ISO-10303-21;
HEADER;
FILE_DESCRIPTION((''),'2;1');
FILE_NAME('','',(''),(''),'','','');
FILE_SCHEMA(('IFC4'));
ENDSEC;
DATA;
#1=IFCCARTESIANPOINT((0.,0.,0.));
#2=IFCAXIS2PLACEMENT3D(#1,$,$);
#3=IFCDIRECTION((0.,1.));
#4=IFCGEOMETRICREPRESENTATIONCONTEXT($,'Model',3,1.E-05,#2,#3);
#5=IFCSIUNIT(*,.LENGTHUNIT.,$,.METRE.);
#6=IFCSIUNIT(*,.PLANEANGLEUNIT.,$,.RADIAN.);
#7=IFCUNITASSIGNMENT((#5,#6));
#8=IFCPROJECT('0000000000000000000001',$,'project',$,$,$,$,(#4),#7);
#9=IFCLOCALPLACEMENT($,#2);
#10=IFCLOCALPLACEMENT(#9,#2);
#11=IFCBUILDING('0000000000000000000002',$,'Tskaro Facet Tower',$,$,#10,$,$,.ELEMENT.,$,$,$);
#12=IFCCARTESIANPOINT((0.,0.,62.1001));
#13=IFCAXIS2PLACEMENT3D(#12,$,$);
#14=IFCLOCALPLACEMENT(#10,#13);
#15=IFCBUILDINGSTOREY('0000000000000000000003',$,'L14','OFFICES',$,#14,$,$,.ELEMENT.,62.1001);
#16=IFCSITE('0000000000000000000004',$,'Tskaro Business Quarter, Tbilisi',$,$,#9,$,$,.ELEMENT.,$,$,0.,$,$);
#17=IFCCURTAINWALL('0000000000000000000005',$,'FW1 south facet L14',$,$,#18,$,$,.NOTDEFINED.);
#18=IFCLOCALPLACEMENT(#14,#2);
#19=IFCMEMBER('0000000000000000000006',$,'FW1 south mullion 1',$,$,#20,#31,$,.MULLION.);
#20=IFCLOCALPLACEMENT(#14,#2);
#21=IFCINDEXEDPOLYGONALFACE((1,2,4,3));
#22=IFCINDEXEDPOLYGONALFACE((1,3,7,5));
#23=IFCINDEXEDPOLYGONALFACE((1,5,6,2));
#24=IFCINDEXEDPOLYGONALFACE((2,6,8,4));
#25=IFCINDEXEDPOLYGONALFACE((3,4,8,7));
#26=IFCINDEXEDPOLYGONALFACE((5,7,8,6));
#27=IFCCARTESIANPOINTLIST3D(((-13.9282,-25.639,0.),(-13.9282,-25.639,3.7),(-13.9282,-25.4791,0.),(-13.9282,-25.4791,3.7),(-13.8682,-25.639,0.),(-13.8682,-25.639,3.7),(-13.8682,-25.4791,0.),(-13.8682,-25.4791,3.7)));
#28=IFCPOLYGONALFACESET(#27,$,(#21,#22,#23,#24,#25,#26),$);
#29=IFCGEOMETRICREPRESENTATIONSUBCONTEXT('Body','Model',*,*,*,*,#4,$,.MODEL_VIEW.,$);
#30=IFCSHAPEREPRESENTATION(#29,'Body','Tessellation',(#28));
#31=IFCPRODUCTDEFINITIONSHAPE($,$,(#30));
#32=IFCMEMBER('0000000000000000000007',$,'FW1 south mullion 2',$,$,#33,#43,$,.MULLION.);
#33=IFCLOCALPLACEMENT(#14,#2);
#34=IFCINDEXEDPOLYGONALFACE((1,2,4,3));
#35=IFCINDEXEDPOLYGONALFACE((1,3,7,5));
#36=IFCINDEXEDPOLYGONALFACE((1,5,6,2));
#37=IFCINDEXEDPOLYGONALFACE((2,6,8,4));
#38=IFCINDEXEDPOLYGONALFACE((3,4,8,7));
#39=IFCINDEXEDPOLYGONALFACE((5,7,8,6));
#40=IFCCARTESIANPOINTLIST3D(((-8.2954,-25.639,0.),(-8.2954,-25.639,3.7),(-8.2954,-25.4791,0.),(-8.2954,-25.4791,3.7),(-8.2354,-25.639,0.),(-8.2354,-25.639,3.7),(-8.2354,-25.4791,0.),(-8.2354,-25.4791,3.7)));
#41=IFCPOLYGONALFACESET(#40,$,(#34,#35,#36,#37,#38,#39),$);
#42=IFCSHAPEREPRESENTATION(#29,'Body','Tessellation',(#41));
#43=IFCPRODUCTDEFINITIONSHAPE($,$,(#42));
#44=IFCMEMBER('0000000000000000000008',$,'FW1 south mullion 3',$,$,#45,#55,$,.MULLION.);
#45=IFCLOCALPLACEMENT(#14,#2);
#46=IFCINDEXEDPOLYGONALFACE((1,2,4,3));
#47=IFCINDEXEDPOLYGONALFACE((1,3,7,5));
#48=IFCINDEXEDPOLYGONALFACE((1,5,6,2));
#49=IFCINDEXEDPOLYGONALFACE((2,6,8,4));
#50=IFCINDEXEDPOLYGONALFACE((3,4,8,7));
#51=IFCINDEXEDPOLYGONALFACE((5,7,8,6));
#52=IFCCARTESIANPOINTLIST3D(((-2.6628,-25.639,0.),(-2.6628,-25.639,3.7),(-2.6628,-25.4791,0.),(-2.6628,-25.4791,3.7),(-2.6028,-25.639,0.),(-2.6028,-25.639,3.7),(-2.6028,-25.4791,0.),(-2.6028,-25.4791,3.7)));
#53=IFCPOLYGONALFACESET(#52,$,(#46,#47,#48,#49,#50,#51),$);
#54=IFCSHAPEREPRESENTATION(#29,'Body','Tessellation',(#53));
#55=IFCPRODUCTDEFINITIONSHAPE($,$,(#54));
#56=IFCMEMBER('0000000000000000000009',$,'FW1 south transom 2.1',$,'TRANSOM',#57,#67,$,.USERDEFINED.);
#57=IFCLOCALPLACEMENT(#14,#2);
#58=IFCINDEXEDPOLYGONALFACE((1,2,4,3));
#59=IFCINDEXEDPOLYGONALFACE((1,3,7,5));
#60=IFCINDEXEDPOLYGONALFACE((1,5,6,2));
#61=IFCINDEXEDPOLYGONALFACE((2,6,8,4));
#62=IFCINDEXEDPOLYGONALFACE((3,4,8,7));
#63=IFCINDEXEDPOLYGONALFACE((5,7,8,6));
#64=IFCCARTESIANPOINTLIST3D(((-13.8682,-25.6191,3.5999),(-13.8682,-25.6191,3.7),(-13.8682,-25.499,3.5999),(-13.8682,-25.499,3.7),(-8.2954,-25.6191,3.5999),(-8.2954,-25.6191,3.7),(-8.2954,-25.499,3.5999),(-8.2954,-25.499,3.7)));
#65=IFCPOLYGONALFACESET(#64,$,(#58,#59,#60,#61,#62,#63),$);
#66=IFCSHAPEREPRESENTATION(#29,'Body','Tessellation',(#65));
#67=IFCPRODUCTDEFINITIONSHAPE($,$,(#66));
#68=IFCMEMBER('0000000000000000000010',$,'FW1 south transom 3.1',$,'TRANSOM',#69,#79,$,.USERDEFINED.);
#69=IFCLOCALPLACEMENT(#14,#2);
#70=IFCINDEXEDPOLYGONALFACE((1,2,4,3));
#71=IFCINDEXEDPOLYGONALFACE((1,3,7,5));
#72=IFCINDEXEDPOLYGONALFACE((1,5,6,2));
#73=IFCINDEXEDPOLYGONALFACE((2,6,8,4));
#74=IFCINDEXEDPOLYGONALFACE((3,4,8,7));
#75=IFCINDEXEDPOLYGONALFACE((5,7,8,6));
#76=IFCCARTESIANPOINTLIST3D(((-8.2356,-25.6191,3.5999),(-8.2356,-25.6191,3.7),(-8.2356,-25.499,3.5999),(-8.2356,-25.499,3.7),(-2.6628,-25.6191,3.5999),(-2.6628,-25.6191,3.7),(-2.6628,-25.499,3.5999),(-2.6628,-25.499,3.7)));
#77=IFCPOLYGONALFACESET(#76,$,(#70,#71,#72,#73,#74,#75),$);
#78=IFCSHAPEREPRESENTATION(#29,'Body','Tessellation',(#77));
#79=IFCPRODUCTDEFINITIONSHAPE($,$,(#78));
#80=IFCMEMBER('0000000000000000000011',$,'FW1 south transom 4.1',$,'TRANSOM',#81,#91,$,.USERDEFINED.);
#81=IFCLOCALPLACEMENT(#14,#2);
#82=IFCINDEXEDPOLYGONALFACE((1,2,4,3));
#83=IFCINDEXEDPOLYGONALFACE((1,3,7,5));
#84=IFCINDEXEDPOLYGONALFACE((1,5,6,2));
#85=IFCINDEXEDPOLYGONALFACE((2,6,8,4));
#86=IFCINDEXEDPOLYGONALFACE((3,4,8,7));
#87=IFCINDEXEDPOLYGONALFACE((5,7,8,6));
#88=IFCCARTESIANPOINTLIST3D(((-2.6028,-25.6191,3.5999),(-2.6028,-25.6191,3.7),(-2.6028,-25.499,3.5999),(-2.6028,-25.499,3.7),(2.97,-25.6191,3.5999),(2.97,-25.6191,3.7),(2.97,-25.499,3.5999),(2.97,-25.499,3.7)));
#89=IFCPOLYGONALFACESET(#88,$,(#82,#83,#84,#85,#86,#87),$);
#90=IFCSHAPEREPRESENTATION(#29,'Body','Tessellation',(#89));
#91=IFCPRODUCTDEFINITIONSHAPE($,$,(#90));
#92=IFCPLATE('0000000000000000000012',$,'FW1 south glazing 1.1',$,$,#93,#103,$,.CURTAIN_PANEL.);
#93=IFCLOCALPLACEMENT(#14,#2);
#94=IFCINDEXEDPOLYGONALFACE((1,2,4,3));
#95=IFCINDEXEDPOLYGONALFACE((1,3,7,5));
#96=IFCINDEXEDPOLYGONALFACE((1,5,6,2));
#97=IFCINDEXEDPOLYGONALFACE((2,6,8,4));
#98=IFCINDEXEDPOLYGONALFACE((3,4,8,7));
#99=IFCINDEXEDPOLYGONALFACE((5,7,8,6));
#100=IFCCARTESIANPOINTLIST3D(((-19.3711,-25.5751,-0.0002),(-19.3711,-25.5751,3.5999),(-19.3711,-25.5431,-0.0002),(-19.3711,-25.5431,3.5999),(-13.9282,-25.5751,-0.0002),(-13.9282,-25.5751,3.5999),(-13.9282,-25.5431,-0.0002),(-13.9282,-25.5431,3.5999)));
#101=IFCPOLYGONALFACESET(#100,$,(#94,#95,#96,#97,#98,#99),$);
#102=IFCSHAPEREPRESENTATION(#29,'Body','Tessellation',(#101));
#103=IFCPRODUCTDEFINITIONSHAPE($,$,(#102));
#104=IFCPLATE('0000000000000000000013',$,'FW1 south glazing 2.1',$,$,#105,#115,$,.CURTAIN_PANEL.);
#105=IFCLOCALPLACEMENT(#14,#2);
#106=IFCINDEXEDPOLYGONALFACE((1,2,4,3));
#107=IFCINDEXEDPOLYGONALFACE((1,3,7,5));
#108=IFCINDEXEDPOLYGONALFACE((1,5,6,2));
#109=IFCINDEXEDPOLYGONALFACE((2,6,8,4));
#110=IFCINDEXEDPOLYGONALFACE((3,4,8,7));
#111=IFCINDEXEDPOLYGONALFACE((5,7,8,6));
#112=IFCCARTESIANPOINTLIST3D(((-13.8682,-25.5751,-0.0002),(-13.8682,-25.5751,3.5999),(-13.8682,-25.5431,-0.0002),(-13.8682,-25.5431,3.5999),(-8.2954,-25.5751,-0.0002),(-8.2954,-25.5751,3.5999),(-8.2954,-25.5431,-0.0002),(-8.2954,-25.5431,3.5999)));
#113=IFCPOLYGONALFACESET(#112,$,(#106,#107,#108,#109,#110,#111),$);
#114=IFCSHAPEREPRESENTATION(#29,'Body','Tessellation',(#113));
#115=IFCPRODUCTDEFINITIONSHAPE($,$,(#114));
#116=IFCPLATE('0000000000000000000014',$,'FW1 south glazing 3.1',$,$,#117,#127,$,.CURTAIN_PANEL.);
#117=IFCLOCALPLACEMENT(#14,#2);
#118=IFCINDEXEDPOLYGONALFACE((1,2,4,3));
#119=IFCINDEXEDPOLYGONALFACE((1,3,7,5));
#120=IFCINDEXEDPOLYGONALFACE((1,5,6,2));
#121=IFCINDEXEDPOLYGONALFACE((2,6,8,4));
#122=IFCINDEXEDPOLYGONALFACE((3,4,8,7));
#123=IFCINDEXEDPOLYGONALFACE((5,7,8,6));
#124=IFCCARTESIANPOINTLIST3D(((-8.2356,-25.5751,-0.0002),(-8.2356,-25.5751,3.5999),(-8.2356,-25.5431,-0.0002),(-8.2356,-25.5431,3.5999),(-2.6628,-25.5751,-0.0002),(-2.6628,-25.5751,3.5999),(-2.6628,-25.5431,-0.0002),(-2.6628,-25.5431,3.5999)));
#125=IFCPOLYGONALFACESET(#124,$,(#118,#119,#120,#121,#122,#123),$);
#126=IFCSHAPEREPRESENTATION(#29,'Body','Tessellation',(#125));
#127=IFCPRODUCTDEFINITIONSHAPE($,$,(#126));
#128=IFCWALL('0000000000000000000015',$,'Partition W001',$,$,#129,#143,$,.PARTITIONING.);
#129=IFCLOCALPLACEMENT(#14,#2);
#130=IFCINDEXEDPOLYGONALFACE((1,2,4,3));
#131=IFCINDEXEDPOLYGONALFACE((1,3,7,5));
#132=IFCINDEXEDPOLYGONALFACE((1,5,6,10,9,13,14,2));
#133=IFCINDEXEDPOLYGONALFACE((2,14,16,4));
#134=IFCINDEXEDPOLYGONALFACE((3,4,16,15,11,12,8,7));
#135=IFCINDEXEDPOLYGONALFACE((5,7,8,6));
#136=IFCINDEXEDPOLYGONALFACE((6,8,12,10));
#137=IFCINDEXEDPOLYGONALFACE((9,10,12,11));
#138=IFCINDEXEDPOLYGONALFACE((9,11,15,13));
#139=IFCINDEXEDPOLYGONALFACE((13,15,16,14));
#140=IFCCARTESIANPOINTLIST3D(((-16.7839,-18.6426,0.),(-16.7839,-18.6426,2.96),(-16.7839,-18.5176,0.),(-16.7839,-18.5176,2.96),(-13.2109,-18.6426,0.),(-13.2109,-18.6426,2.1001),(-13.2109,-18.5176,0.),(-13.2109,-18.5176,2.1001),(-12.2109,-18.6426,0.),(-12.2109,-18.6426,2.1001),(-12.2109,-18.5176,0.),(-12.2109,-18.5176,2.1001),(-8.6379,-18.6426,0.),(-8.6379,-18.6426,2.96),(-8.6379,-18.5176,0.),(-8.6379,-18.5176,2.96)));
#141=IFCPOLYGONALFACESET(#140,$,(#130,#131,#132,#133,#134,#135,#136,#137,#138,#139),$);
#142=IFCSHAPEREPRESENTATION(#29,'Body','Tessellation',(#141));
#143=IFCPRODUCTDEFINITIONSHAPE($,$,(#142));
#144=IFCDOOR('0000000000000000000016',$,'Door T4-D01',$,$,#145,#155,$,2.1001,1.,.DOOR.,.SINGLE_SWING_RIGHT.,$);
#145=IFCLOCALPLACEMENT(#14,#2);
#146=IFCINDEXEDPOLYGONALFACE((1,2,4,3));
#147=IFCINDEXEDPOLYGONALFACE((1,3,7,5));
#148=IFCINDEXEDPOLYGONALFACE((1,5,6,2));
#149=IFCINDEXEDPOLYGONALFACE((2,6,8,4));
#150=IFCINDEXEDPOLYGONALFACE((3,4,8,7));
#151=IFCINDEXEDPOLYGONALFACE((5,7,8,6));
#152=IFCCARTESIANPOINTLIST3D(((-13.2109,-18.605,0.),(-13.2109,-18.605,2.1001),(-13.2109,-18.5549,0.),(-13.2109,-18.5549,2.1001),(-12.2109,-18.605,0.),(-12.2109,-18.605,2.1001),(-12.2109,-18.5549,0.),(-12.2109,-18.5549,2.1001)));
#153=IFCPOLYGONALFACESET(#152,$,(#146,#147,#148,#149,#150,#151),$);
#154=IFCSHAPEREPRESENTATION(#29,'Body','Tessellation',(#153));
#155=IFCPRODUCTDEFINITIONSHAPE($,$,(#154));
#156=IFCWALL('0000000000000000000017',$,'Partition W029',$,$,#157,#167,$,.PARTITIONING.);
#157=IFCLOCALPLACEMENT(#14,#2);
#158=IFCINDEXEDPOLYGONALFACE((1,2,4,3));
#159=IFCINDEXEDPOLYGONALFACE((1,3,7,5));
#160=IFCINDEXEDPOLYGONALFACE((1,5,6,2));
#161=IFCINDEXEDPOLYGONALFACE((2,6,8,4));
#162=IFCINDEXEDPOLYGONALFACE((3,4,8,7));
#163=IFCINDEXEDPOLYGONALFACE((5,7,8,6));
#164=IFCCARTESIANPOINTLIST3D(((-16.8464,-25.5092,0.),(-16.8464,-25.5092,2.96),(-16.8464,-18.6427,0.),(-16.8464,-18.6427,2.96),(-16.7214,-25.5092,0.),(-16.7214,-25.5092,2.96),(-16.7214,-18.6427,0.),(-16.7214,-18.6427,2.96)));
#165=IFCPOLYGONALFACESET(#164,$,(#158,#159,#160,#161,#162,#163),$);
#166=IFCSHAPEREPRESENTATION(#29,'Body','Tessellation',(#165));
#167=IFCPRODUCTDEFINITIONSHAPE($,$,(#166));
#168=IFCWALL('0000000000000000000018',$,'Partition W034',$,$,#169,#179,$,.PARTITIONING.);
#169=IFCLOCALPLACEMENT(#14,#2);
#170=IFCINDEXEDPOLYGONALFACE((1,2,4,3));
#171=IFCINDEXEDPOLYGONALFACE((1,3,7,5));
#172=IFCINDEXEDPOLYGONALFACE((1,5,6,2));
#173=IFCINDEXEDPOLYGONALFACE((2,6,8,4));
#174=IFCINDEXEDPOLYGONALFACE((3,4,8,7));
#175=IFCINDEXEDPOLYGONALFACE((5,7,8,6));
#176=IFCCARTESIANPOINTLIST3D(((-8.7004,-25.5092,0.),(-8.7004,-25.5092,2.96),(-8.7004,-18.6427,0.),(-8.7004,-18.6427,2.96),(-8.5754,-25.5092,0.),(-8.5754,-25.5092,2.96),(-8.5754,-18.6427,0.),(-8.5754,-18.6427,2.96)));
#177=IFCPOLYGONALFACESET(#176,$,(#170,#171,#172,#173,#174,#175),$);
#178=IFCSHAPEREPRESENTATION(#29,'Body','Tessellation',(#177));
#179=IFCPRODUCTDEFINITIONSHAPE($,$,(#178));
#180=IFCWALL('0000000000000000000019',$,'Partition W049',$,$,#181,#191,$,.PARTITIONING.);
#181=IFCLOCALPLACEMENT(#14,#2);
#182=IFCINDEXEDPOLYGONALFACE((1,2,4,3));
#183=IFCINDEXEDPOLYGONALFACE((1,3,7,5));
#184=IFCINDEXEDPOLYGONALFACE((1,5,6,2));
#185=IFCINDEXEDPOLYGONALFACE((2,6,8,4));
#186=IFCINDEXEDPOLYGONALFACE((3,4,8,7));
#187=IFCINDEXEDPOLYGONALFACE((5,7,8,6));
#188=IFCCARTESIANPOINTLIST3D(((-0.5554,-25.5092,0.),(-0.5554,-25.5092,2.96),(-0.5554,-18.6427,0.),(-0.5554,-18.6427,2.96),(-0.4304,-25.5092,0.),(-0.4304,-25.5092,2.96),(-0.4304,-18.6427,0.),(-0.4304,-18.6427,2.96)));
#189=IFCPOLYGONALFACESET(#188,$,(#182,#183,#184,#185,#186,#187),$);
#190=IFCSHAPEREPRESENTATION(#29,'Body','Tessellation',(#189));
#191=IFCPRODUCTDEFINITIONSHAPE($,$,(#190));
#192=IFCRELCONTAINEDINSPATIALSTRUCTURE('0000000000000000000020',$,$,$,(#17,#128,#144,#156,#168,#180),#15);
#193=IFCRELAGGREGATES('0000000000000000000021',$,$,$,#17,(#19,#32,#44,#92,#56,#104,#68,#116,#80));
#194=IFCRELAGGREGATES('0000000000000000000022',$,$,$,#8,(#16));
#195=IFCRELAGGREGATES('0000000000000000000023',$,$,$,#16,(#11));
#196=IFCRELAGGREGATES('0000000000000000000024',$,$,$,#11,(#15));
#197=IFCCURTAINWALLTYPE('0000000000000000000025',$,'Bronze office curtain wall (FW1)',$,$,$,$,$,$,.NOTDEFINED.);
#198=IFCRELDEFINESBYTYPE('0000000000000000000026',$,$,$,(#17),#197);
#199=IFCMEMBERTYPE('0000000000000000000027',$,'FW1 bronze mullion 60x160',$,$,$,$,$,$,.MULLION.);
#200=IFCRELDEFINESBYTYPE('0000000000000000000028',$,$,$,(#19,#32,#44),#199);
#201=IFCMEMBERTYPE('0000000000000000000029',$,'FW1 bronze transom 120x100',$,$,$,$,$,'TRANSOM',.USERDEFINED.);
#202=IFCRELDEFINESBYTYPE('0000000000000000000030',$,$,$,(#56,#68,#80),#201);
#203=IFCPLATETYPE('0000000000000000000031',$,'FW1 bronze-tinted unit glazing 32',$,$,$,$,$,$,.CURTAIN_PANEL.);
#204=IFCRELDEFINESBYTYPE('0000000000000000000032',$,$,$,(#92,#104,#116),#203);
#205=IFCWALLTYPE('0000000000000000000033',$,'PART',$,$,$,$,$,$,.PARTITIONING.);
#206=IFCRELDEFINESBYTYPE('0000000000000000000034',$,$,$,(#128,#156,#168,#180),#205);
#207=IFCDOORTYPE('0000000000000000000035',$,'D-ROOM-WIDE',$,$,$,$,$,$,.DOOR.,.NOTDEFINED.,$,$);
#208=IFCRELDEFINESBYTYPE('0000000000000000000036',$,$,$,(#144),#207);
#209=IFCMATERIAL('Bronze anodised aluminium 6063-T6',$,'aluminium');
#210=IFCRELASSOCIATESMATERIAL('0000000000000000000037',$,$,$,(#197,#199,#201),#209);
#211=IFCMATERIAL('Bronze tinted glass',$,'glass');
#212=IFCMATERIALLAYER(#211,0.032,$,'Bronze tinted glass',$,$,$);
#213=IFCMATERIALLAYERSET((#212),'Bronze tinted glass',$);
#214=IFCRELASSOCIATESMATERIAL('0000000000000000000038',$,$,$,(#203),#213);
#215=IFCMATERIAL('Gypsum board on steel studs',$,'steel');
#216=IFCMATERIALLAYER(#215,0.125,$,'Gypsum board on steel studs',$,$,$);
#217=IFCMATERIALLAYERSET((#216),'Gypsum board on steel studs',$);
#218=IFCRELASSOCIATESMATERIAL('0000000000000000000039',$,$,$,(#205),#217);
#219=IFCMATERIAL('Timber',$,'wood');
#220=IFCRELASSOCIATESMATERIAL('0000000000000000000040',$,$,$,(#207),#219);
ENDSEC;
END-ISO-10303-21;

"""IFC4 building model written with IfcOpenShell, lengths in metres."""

from ifc_helpers import new_model, si_unit, direction, frame, frame_2d, origin, origin_2d, place, context, subcontext, project, spatial, rectangle, extrude, material, layer, layer_set, material_profile, profile_set, type_object, element, fill, aggregate, save


model = new_model("IFC4")

# Units and contexts
model_context = context("Model", 3, precision=1e-05, world=origin(), true_north=direction((0.0, 1.0)))
body_context = subcontext(model_context, "Body", "Model", "MODEL_VIEW")
ifc_project = project(units=[si_unit("LENGTHUNIT", "METRE"), si_unit("PLANEANGLEUNIT", "RADIAN")], contexts=[model_context])

# Site, building, storey
site_placement = place(None, origin())
site = spatial("IfcSite", under=ifc_project, at=site_placement, Name="Tskaro Business Quarter, Tbilisi", CompositionType="ELEMENT", RefElevation=0.0)
building_placement = place(site_placement, origin())
building = spatial("IfcBuilding", under=site, at=building_placement, Name="Tskaro Facet Tower", CompositionType="ELEMENT")
storey_placement = place(building_placement, frame((0.0, 0.0, 62.1001)))
storey = spatial("IfcBuildingStorey", under=building, at=storey_placement, Name="L14", Description="OFFICES", CompositionType="ELEMENT", Elevation=62.1001)

# Curtain wall, members, plates
ifc_material_1 = material(Name="Bronze anodised aluminium 6063-T6", Category="aluminium")
curtain_wall_type = type_object("IfcCurtainWallType", Name="Bronze office curtain wall (FW1)", PredefinedType="NOTDEFINED", material=ifc_material_1)
curtain_wall_placement = place(storey_placement, origin())
curtain_wall = element("IfcCurtainWall", 1, at=curtain_wall_placement, inside=storey, type_object=curtain_wall_type, Name="FW1 south facet L14", PredefinedType="NOTDEFINED")
ifc_material_profile_1 = material_profile(ifc_material_1, rectangle(XDim=0.0601, YDim=0.1599, at=origin_2d()), Name="Mullion 60x160")
ifc_profile_set_1 = profile_set([ifc_material_profile_1], Name="Bronze anodised aluminium 6063-T6")
member_type_1 = type_object("IfcMemberType", Name="FW1 bronze mullion 60x160", PredefinedType="MULLION", material=ifc_profile_set_1)
member_1_placement = place(storey_placement, frame((-13.8982, -25.5591, 0.0), z_axis=(0.0, 0.0, 1.0), x_axis=(1.0, 0.0, 0.0)))
member_1 = element("IfcMember", 2, at=member_1_placement, type_object=member_type_1, Name="FW1 south mullion 1", PredefinedType="MULLION", context=body_context, shape_type="SweptSolid", body=[
    extrude(rectangle(XDim=0.0601, YDim=0.1599, at=origin_2d()), origin(), (0.0, 0.0, 1.0), 3.7),
])
member_2_placement = place(storey_placement, frame((-8.2654, -25.5591, 0.0), z_axis=(0.0, 0.0, 1.0), x_axis=(1.0, 0.0, 0.0)))
member_2 = element("IfcMember", 3, at=member_2_placement, type_object=member_type_1, Name="FW1 south mullion 2", PredefinedType="MULLION", context=body_context, shape_type="SweptSolid", body=[
    extrude(rectangle(XDim=0.0601, YDim=0.1599, at=origin_2d()), origin(), (0.0, 0.0, 1.0), 3.7),
])
member_3_placement = place(storey_placement, frame((-2.6328, -25.5591, 0.0), z_axis=(0.0, 0.0, 1.0), x_axis=(1.0, 0.0, 0.0)))
member_3 = element("IfcMember", 4, at=member_3_placement, type_object=member_type_1, Name="FW1 south mullion 3", PredefinedType="MULLION", context=body_context, shape_type="SweptSolid", body=[
    extrude(rectangle(XDim=0.0601, YDim=0.1599, at=origin_2d()), origin(), (0.0, 0.0, 1.0), 3.7),
])
ifc_material_profile_2 = material_profile(ifc_material_1, rectangle(XDim=0.1201, YDim=0.1001, at=origin_2d()), Name="Transom 120x100")
ifc_profile_set_2 = profile_set([ifc_material_profile_2], Name="Bronze anodised aluminium 6063-T6")
member_type_2 = type_object("IfcMemberType", Name="FW1 bronze transom 120x100", ElementType="TRANSOM", PredefinedType="USERDEFINED", material=ifc_profile_set_2)
member_4_placement = place(storey_placement, frame((-13.8682, -25.5591, 3.6499), z_axis=(1.0, 0.0, 0.0), x_axis=(0.0, 1.0, 0.0)))
member_4 = element("IfcMember", 5, at=member_4_placement, type_object=member_type_2, Name="FW1 south transom 2.1", ObjectType="TRANSOM", PredefinedType="USERDEFINED", context=body_context, shape_type="SweptSolid", body=[
    extrude(rectangle(XDim=0.1201, YDim=0.1001, at=origin_2d()), origin(), (0.0, 0.0, 1.0), 5.5728),
])
member_5_placement = place(storey_placement, frame((-8.2356, -25.5591, 3.6499), z_axis=(1.0, 0.0, 0.0), x_axis=(0.0, 1.0, 0.0)))
member_5 = element("IfcMember", 6, at=member_5_placement, type_object=member_type_2, Name="FW1 south transom 3.1", ObjectType="TRANSOM", PredefinedType="USERDEFINED", context=body_context, shape_type="SweptSolid", body=[
    extrude(rectangle(XDim=0.1201, YDim=0.1001, at=origin_2d()), origin(), (0.0, 0.0, 1.0), 5.5728),
])
member_6_placement = place(storey_placement, frame((-2.6028, -25.5591, 3.6499), z_axis=(1.0, 0.0, 0.0), x_axis=(0.0, 1.0, 0.0)))
member_6 = element("IfcMember", 7, at=member_6_placement, type_object=member_type_2, Name="FW1 south transom 4.1", ObjectType="TRANSOM", PredefinedType="USERDEFINED", context=body_context, shape_type="SweptSolid", body=[
    extrude(rectangle(XDim=0.1201, YDim=0.1001, at=origin_2d()), origin(), (0.0, 0.0, 1.0), 5.5728),
])
ifc_material_2 = material(Name="Bronze tinted glass", Category="glass")
ifc_layer_1 = layer(ifc_material_2, 0.032, Name="Bronze tinted glass")
ifc_layer_set_1 = layer_set([ifc_layer_1], Name="Bronze tinted glass")
plate_type = type_object("IfcPlateType", Name="FW1 bronze-tinted unit glazing 32", PredefinedType="CURTAIN_PANEL", material=ifc_layer_set_1)
plate_1_placement = place(storey_placement, frame((-16.6497, -25.5591, -0.0002), z_axis=(0.0, 0.0, 1.0), x_axis=(1.0, 0.0, 0.0)))
plate_1 = element("IfcPlate", 8, at=plate_1_placement, type_object=plate_type, Name="FW1 south glazing 1.1", PredefinedType="CURTAIN_PANEL", context=body_context, shape_type="SweptSolid", body=[
    extrude(rectangle(XDim=5.4429, YDim=0.032, at=origin_2d()), origin(), (0.0, 0.0, 1.0), 3.6001),
])
plate_2_placement = place(storey_placement, frame((-11.0818, -25.5591, -0.0002), z_axis=(0.0, 0.0, 1.0), x_axis=(1.0, 0.0, 0.0)))
plate_2 = element("IfcPlate", 9, at=plate_2_placement, type_object=plate_type, Name="FW1 south glazing 2.1", PredefinedType="CURTAIN_PANEL", context=body_context, shape_type="SweptSolid", body=[
    extrude(rectangle(XDim=5.5728, YDim=0.032, at=origin_2d()), origin(), (0.0, 0.0, 1.0), 3.6001),
])
plate_3_placement = place(storey_placement, frame((-5.4492, -25.5591, -0.0002), z_axis=(0.0, 0.0, 1.0), x_axis=(1.0, 0.0, 0.0)))
plate_3 = element("IfcPlate", 10, at=plate_3_placement, type_object=plate_type, Name="FW1 south glazing 3.1", PredefinedType="CURTAIN_PANEL", context=body_context, shape_type="SweptSolid", body=[
    extrude(rectangle(XDim=5.5728, YDim=0.032, at=origin_2d()), origin(), (0.0, 0.0, 1.0), 3.6001),
])
aggregate(curtain_wall, [member_1, member_2, member_3, plate_1, member_4, plate_2, member_5, plate_3, member_6])

# Wall, opening, door
ifc_material_3 = material(Name="Gypsum board on steel studs", Category="steel")
ifc_layer_2 = layer(ifc_material_3, 0.125, Name="Gypsum board on steel studs")
ifc_layer_set_2 = layer_set([ifc_layer_2], Name="Gypsum board on steel studs")
wall_type = type_object("IfcWallType", Name="PART", PredefinedType="PARTITIONING", material=ifc_layer_set_2)
wall_placement = place(storey_placement, frame((-8.6379, -18.5801, 0.0), z_axis=(0.0, 0.0, 1.0), x_axis=(-1.0, 0.0, 0.0)))
wall = element("IfcWall", 11, at=wall_placement, inside=storey, type_object=wall_type, Name="Partition W001", PredefinedType="PARTITIONING", context=body_context, shape_type="SweptSolid", body=[
    extrude(rectangle(XDim=8.146, YDim=0.125, at=frame_2d((4.073, 0.0))), origin(), (0.0, 0.0, 1.0), 2.96),
])
opening_placement = place(wall_placement, frame((3.573, 0.0, 0.0)))
opening = element("IfcOpeningElement", 12, at=opening_placement, cuts=wall, PredefinedType="OPENING", context=body_context, shape_type="SweptSolid", body=[
    extrude(rectangle(XDim=1.0, YDim=2.1001, at=frame_2d((0.5, 1.05))), frame((0.0, 0.0725, 0.0), z_axis=(0.0, -1.0, 0.0), x_axis=(1.0, 0.0, 0.0)), (0.0, 0.0, 1.0), 0.145),
])
ifc_material_4 = material(Name="Timber", Category="wood")
door_type = type_object("IfcDoorType", Name="D-ROOM-WIDE", OperationType="NOTDEFINED", PredefinedType="DOOR", material=ifc_material_4)
door_placement = place(opening_placement, origin())
door = element("IfcDoor", 13, at=door_placement, inside=storey, type_object=door_type, Name="Door T4-D01", OperationType="SINGLE_SWING_RIGHT", OverallHeight=2.1001, OverallWidth=1.0, PredefinedType="DOOR", context=body_context, shape_type="SweptSolid", body=[
    extrude(rectangle(XDim=1.0, YDim=2.1001, at=frame_2d((0.5, 1.05))), frame((0.0, 0.0249, 0.0), z_axis=(0.0, -1.0, 0.0), x_axis=(1.0, 0.0, 0.0)), (0.0, 0.0, 1.0), 0.05),
])
fill(opening, door)

# Walls
for number, where, z_axis, x_axis, name in (
    (14, (-16.7839, -25.509, 0.0), (0.0, 0.0, 1.0), (0.0, 1.0, 0.0), "Partition W029"),
    (15, (-8.6379, -25.509, 0.0), (0.0, 0.0, 1.0), (0.0, 1.0, 0.0), "Partition W034"),
    (16, (-0.4929, -25.509, 0.0), (0.0, 0.0, 1.0), (0.0, 1.0, 0.0), "Partition W049"),
):
    element("IfcWall", number, at=place(storey_placement, frame(where, z_axis=z_axis, x_axis=x_axis)), inside=storey, type_object=wall_type, Name=name, PredefinedType="PARTITIONING", context=body_context, shape_type="SweptSolid", body=[
        extrude(rectangle(XDim=6.8665, YDim=0.125, at=frame_2d((3.4331, 0.0))), origin(), (0.0, 0.0, 1.0), 2.96),
    ])

save(model, "model.ifc")
